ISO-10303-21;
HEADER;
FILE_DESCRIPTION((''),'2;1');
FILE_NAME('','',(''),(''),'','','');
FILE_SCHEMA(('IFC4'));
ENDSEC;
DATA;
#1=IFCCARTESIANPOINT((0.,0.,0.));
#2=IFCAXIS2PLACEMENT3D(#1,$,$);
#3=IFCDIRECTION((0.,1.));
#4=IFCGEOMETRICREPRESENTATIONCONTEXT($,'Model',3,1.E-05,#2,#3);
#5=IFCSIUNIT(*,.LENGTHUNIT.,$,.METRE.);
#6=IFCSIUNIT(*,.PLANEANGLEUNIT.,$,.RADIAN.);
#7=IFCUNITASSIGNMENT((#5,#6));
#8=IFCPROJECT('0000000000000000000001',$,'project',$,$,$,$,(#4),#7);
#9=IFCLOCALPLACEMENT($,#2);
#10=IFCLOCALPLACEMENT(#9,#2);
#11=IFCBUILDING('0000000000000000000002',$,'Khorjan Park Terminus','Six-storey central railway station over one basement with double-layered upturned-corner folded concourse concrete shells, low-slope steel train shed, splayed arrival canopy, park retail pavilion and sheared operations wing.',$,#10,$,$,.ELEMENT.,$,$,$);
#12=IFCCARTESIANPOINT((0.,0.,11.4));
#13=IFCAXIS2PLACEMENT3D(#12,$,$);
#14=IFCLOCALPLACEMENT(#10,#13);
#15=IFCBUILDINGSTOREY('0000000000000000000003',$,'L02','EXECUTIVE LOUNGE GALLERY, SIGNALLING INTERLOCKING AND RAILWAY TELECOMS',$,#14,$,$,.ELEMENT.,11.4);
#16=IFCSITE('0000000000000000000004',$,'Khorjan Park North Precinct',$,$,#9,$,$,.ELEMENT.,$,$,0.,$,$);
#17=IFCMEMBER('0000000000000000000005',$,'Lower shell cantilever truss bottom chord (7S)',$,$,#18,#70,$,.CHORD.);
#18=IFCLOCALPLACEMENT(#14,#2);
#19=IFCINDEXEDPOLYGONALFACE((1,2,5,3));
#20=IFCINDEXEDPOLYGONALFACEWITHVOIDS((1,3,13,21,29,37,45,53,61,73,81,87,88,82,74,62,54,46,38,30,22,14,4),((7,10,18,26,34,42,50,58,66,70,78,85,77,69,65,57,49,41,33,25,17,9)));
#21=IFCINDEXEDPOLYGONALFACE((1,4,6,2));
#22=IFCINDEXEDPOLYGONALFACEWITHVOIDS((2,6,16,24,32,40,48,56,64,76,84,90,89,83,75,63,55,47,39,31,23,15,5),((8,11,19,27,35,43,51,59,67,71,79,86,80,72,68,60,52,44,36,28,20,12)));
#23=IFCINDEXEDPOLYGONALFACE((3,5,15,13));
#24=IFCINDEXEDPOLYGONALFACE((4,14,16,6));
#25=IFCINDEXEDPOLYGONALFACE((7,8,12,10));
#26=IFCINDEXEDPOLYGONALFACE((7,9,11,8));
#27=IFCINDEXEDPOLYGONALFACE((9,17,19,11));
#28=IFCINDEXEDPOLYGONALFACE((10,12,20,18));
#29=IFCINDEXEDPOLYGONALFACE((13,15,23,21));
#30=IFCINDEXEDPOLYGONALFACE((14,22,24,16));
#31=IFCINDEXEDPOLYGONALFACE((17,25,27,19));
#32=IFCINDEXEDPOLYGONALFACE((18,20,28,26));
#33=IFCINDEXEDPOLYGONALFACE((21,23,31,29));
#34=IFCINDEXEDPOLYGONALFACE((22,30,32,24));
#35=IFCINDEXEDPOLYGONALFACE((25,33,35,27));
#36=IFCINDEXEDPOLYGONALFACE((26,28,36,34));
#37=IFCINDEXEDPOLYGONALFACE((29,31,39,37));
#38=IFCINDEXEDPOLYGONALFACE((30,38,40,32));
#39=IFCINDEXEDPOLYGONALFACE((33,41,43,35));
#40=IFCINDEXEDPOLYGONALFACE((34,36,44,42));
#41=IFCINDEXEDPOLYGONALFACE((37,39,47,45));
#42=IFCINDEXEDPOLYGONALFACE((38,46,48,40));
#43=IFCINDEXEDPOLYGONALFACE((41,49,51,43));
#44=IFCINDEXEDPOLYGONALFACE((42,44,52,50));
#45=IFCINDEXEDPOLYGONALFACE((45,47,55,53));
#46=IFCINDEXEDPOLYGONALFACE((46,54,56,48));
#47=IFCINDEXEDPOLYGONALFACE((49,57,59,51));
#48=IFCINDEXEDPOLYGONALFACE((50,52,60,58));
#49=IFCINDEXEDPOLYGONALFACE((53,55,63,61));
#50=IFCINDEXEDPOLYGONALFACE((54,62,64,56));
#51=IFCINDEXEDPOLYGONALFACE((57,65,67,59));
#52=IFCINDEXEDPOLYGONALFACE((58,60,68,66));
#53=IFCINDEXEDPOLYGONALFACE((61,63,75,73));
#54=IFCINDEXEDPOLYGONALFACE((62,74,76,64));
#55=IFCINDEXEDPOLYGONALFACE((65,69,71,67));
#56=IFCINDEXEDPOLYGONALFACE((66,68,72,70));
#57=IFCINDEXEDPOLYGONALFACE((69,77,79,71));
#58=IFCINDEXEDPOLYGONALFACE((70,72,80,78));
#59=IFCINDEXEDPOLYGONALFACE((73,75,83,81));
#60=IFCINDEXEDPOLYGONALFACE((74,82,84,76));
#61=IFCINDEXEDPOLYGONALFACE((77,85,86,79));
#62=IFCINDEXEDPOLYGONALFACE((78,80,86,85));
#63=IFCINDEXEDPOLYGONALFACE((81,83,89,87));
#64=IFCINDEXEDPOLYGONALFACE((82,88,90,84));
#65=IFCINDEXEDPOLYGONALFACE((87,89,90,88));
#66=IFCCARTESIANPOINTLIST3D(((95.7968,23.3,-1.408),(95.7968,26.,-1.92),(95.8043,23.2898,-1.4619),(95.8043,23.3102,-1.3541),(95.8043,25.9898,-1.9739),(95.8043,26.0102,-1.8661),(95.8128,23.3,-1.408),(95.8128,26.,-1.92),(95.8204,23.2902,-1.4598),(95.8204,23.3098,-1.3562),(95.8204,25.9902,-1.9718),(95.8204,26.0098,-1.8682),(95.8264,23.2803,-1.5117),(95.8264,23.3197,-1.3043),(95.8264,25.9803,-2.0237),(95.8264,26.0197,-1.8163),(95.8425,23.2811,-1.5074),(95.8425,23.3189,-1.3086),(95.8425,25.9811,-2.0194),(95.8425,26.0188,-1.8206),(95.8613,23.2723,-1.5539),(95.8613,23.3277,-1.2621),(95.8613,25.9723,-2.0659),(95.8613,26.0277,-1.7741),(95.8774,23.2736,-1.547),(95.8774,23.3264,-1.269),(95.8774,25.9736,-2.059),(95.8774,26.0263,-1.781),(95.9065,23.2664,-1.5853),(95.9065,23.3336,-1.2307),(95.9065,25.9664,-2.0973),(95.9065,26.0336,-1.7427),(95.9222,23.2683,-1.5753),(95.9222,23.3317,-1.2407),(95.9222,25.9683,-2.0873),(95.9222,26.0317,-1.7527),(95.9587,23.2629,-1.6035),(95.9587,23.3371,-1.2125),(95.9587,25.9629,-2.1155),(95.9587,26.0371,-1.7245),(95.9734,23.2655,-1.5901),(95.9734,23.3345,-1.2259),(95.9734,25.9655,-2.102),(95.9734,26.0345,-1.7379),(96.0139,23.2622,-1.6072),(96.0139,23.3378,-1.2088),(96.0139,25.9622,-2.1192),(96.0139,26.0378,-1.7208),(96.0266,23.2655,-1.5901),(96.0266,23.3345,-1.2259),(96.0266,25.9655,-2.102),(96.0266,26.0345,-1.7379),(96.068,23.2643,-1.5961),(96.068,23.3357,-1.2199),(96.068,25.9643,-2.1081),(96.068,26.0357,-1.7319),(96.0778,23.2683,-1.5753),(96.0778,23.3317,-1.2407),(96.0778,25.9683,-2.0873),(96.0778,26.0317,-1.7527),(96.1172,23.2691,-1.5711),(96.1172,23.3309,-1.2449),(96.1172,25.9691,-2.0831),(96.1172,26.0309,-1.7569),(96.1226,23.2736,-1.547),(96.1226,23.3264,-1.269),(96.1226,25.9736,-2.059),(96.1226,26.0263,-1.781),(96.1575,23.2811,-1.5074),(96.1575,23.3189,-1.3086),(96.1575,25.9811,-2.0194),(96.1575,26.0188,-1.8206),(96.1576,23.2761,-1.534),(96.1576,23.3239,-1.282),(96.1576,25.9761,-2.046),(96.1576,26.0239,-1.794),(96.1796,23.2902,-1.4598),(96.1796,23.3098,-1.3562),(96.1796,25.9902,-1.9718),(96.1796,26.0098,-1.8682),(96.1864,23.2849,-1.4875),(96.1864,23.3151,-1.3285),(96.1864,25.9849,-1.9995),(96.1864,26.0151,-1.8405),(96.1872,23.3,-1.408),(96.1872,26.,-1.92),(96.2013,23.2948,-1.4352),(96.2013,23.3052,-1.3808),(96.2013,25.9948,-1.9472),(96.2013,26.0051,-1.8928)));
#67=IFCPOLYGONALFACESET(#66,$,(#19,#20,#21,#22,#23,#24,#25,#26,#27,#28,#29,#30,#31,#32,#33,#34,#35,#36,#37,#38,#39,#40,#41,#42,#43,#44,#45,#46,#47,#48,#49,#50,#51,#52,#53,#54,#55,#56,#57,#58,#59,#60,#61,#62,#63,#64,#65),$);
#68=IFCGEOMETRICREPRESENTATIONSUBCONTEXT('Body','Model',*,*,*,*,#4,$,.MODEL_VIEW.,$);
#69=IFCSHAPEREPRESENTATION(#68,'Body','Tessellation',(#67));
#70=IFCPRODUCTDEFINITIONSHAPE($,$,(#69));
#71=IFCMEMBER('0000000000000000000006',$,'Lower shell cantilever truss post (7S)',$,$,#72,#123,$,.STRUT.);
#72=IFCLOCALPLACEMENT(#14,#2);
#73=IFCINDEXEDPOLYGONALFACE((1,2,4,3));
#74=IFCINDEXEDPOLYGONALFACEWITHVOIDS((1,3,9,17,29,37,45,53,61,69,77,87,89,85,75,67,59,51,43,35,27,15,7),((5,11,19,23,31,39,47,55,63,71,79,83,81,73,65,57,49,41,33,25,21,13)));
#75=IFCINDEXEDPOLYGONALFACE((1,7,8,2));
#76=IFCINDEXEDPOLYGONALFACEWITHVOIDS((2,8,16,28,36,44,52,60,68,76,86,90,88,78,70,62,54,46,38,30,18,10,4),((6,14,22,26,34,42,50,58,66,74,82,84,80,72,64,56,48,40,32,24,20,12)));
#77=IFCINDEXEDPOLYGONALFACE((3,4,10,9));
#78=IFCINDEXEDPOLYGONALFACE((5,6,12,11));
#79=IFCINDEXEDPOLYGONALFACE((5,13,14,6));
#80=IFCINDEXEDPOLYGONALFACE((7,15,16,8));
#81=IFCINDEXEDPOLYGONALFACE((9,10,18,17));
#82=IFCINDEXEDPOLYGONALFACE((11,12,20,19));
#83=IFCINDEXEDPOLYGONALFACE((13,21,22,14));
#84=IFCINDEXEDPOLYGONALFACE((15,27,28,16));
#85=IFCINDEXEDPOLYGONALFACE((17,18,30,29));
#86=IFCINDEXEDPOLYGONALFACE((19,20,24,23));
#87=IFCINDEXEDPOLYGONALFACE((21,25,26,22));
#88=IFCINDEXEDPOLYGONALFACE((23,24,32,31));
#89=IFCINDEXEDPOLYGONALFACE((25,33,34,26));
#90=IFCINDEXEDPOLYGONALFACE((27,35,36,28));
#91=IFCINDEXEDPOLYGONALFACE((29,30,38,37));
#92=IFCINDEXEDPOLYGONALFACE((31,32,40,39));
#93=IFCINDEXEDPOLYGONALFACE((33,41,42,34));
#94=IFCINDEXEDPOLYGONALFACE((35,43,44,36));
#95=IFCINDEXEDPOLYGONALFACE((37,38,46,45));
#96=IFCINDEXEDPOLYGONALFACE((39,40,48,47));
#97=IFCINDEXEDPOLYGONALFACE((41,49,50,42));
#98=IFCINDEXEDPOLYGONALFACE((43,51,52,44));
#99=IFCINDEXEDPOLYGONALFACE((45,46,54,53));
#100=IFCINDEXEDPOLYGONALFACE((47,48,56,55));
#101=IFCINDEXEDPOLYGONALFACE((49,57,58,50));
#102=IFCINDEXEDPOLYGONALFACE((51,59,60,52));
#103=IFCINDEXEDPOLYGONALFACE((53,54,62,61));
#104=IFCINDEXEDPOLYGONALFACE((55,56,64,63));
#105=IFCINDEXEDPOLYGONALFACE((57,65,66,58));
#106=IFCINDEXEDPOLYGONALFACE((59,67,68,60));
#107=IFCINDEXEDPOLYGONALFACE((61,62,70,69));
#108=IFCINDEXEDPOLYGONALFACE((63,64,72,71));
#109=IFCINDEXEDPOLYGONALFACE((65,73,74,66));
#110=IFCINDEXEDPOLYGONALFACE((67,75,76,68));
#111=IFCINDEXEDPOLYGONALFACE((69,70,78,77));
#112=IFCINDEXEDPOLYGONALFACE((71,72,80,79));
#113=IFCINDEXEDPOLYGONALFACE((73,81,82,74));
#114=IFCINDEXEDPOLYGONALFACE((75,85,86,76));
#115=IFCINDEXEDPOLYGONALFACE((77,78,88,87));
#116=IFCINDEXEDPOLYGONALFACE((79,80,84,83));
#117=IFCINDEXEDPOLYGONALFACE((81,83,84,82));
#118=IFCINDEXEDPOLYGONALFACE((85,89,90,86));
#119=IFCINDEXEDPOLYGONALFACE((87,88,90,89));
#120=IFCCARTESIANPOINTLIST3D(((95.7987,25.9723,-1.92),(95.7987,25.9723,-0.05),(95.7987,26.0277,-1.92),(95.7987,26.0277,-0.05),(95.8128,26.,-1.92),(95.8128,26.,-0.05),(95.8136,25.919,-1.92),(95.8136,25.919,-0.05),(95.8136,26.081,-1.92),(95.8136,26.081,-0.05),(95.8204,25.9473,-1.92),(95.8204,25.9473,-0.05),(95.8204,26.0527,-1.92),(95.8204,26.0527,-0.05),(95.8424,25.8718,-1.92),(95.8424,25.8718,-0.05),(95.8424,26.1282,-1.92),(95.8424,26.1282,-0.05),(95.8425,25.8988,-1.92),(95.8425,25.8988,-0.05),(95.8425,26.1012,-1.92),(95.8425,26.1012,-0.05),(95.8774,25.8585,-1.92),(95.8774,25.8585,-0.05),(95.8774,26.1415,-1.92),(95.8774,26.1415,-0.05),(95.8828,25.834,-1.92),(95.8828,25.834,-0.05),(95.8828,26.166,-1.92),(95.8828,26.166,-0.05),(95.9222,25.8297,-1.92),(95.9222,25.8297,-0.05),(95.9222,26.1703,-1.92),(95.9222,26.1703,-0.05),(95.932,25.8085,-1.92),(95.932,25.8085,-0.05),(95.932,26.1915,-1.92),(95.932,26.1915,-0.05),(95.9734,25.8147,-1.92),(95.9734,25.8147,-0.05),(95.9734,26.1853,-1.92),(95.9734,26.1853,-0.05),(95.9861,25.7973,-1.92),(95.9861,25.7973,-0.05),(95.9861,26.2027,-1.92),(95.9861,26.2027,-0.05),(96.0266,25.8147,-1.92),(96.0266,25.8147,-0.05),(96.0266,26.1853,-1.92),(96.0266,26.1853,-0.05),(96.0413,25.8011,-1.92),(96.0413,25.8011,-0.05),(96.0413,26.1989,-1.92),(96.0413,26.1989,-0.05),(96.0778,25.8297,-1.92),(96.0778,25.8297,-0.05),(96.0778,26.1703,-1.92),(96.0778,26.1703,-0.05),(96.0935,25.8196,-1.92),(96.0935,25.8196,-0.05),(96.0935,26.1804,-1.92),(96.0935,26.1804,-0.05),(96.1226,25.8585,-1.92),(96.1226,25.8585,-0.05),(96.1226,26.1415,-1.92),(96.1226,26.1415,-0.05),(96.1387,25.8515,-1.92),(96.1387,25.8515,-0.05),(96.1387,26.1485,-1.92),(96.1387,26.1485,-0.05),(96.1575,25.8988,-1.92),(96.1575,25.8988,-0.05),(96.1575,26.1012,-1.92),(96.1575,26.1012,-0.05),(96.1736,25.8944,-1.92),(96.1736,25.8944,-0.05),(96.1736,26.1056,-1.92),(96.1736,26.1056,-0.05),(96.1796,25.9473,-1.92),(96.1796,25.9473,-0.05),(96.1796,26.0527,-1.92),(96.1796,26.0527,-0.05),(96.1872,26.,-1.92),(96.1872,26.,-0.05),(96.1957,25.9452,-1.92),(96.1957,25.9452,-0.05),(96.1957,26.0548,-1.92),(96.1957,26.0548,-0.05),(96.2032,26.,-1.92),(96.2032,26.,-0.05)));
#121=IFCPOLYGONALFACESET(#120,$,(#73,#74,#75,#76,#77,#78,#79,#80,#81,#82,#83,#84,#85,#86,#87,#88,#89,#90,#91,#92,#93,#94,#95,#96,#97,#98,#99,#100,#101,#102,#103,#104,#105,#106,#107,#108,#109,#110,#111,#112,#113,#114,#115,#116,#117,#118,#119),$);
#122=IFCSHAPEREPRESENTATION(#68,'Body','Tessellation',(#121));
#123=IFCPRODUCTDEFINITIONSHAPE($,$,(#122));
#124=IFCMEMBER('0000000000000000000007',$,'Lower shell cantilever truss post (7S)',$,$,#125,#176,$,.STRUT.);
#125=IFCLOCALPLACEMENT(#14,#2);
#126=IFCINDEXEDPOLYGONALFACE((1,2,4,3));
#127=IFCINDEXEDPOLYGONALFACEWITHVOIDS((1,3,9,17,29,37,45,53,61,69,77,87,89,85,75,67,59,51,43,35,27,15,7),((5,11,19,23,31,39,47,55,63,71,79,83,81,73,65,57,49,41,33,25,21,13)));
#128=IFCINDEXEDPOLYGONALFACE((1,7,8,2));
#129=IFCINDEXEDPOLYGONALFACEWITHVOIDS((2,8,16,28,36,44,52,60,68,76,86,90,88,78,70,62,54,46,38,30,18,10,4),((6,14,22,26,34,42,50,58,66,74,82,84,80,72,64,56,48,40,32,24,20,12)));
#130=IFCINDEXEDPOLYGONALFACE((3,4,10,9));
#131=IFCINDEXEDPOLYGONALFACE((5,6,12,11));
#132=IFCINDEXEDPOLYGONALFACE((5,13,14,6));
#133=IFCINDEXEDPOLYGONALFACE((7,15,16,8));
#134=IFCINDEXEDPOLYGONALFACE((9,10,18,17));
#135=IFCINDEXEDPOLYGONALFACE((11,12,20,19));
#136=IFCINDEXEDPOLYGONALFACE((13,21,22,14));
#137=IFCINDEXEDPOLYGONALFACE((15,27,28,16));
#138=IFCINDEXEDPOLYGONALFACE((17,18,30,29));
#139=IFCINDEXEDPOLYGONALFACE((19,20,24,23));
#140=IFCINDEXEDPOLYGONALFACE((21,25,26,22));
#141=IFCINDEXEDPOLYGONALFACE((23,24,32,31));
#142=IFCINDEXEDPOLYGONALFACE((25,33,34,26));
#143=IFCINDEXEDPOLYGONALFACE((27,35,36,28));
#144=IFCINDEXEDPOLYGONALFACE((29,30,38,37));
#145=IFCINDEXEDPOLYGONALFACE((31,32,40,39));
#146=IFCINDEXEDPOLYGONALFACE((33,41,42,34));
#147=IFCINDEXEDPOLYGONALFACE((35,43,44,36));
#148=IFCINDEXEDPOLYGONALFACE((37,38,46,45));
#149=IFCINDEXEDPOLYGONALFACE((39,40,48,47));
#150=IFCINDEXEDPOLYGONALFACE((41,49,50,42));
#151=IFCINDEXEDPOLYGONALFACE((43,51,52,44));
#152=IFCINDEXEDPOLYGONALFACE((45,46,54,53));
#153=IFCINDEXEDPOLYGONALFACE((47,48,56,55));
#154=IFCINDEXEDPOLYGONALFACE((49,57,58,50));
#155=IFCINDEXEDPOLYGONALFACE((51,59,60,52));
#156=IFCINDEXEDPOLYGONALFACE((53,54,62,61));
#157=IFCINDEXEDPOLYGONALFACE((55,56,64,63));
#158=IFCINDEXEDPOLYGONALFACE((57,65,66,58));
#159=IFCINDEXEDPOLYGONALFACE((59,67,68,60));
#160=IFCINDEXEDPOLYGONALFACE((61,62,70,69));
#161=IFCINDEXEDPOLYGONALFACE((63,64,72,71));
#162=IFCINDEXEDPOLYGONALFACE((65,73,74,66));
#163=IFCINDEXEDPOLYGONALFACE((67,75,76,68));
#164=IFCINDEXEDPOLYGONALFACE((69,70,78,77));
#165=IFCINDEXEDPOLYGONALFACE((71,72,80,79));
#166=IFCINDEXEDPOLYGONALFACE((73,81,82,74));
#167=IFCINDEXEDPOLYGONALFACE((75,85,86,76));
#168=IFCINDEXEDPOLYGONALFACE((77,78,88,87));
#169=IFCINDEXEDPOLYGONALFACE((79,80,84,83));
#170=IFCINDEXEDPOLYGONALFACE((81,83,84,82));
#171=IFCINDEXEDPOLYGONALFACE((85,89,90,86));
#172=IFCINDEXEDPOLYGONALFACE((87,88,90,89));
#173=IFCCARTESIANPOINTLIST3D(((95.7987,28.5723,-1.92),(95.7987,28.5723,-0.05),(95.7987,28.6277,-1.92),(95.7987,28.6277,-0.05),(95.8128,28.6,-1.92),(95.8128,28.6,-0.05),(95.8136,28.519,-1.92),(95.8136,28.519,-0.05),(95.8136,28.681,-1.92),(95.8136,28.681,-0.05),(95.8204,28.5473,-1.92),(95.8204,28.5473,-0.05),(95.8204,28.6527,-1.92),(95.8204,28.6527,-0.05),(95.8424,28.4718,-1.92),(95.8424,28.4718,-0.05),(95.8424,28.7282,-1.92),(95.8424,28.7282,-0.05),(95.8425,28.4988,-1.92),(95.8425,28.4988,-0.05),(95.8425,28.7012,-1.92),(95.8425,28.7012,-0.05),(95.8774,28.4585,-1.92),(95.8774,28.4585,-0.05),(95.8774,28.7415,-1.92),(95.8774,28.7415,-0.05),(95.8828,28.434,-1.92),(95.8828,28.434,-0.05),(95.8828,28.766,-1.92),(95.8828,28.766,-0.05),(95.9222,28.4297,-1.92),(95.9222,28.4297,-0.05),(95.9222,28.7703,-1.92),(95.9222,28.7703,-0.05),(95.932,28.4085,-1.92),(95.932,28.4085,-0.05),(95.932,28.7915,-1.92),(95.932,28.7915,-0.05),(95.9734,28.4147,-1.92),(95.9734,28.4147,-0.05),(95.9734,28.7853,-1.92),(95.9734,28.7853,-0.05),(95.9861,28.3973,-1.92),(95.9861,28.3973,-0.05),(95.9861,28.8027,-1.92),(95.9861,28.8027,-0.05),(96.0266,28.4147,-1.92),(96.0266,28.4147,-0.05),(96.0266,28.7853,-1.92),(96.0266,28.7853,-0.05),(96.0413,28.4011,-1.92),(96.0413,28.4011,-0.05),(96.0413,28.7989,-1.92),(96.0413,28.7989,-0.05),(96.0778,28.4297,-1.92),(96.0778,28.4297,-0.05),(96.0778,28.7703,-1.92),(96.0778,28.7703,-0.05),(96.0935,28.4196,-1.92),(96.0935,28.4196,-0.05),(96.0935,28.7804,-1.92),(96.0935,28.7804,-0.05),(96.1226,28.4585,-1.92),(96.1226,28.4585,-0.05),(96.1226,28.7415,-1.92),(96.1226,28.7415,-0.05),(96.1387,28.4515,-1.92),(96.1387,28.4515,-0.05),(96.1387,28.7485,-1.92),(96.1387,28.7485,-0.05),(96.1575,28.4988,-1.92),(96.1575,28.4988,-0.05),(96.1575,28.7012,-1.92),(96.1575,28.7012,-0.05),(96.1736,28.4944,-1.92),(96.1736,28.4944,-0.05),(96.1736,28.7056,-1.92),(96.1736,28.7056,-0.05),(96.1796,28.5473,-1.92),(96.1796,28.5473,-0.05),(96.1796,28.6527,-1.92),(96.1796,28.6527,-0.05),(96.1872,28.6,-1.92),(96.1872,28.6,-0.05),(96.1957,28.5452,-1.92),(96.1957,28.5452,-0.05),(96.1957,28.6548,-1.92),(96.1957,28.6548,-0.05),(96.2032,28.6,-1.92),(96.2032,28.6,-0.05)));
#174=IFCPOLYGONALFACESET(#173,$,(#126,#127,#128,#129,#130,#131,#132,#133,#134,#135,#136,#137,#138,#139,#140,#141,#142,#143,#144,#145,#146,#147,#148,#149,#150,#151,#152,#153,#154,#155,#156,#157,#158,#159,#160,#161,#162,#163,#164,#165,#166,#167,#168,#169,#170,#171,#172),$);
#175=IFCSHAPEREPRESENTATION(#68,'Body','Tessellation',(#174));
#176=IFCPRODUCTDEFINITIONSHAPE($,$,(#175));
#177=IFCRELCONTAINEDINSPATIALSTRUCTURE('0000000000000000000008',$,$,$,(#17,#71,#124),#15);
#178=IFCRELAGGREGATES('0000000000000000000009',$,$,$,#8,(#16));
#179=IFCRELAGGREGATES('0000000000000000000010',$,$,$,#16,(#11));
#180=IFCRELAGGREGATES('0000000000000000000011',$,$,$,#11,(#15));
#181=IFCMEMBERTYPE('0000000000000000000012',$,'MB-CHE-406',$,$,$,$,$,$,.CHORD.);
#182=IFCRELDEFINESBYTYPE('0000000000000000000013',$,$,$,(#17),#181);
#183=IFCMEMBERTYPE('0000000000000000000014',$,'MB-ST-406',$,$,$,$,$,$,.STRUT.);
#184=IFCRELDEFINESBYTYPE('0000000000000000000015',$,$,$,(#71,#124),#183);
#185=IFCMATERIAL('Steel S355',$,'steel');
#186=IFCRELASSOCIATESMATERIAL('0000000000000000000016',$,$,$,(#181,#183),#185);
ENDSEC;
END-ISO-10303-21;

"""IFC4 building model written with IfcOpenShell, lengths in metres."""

from ifc_helpers import new_model, si_unit, direction, frame, origin, origin_2d, place, context, subcontext, project, spatial, hollow_circle, extrude, material, material_profile, profile_set, type_object, element, save


model = new_model("IFC4")

# Units and contexts
model_context = context("Model", 3, precision=1e-05, world=origin(), true_north=direction((0.0, 1.0)))
body_context = subcontext(model_context, "Body", "Model", "MODEL_VIEW")
ifc_project = project(units=[si_unit("LENGTHUNIT", "METRE"), si_unit("PLANEANGLEUNIT", "RADIAN")], contexts=[model_context])

# Site, building, storey
site_placement = place(None, origin())
site = spatial("IfcSite", under=ifc_project, at=site_placement, Name="Khorjan Park North Precinct", CompositionType="ELEMENT", RefElevation=0.0)
building_placement = place(site_placement, origin())
building = spatial("IfcBuilding", under=site, at=building_placement, Name="Khorjan Park Terminus", Description="Six-storey central railway station over one basement with double-layered upturned-corner folded concourse concrete shells, low-slope steel train shed, splayed arrival canopy, park retail pavilion and sheared operations wing.", CompositionType="ELEMENT")
storey_placement = place(building_placement, frame((0.0, 0.0, 11.4)))
storey = spatial("IfcBuildingStorey", under=building, at=storey_placement, Name="L02", Description="EXECUTIVE LOUNGE GALLERY, SIGNALLING INTERLOCKING AND RAILWAY TELECOMS", CompositionType="ELEMENT", Elevation=11.4)

# Shared definitions
ifc_material_1 = material(Name="Steel S355", Category="steel")

# Members
ifc_material_profile_1 = material_profile(ifc_material_1, hollow_circle(Radius=0.2032, WallThickness=0.016, at=origin_2d()), Name="CHS 406.4x16")
ifc_profile_set_1 = profile_set([ifc_material_profile_1], Name="Steel S355")
member_type_1 = type_object("IfcMemberType", Name="MB-CHE-406", PredefinedType="CHORD", material=ifc_profile_set_1)
member_1_placement = place(storey_placement, frame((96.0, 23.3, -1.408), z_axis=(0.0, 0.982491, -0.186309), x_axis=(-1.0, 0.0, 0.0)))
element("IfcMember", 1, at=member_1_placement, inside=storey, type_object=member_type_1, Name="Lower shell cantilever truss bottom chord (7S)", PredefinedType="CHORD", context=body_context, shape_type="SweptSolid", body=[
    extrude(hollow_circle(Radius=0.2032, WallThickness=0.016, at=origin_2d()), origin(), (0.0, 0.0, 1.0), 2.7481),
])
ifc_material_profile_2 = material_profile(ifc_material_1, hollow_circle(Radius=0.2032, WallThickness=0.016, at=origin_2d()), Name="CHS 406.4x16")
ifc_profile_set_2 = profile_set([ifc_material_profile_2], Name="Steel S355")
member_type_2 = type_object("IfcMemberType", Name="MB-ST-406", PredefinedType="STRUT", material=ifc_profile_set_2)
for number, where, z_axis, x_axis, name in (
    (2, (96.0, 26.0, -1.92), (0.0, 0.0, 1.0), (1.0, 0.0, 0.0), "Lower shell cantilever truss post (7S)"),
    (3, (96.0, 28.6, -1.92), (0.0, 0.0, 1.0), (1.0, 0.0, 0.0), "Lower shell cantilever truss post (7S)"),
):
    element("IfcMember", number, at=place(storey_placement, frame(where, z_axis=z_axis, x_axis=x_axis)), inside=storey, type_object=member_type_2, Name=name, PredefinedType="STRUT", context=body_context, shape_type="SweptSolid", body=[
        extrude(hollow_circle(Radius=0.2032, WallThickness=0.016, at=origin_2d()), origin(), (0.0, 0.0, 1.0), 1.87),
    ])

save(model, "model.ifc")
